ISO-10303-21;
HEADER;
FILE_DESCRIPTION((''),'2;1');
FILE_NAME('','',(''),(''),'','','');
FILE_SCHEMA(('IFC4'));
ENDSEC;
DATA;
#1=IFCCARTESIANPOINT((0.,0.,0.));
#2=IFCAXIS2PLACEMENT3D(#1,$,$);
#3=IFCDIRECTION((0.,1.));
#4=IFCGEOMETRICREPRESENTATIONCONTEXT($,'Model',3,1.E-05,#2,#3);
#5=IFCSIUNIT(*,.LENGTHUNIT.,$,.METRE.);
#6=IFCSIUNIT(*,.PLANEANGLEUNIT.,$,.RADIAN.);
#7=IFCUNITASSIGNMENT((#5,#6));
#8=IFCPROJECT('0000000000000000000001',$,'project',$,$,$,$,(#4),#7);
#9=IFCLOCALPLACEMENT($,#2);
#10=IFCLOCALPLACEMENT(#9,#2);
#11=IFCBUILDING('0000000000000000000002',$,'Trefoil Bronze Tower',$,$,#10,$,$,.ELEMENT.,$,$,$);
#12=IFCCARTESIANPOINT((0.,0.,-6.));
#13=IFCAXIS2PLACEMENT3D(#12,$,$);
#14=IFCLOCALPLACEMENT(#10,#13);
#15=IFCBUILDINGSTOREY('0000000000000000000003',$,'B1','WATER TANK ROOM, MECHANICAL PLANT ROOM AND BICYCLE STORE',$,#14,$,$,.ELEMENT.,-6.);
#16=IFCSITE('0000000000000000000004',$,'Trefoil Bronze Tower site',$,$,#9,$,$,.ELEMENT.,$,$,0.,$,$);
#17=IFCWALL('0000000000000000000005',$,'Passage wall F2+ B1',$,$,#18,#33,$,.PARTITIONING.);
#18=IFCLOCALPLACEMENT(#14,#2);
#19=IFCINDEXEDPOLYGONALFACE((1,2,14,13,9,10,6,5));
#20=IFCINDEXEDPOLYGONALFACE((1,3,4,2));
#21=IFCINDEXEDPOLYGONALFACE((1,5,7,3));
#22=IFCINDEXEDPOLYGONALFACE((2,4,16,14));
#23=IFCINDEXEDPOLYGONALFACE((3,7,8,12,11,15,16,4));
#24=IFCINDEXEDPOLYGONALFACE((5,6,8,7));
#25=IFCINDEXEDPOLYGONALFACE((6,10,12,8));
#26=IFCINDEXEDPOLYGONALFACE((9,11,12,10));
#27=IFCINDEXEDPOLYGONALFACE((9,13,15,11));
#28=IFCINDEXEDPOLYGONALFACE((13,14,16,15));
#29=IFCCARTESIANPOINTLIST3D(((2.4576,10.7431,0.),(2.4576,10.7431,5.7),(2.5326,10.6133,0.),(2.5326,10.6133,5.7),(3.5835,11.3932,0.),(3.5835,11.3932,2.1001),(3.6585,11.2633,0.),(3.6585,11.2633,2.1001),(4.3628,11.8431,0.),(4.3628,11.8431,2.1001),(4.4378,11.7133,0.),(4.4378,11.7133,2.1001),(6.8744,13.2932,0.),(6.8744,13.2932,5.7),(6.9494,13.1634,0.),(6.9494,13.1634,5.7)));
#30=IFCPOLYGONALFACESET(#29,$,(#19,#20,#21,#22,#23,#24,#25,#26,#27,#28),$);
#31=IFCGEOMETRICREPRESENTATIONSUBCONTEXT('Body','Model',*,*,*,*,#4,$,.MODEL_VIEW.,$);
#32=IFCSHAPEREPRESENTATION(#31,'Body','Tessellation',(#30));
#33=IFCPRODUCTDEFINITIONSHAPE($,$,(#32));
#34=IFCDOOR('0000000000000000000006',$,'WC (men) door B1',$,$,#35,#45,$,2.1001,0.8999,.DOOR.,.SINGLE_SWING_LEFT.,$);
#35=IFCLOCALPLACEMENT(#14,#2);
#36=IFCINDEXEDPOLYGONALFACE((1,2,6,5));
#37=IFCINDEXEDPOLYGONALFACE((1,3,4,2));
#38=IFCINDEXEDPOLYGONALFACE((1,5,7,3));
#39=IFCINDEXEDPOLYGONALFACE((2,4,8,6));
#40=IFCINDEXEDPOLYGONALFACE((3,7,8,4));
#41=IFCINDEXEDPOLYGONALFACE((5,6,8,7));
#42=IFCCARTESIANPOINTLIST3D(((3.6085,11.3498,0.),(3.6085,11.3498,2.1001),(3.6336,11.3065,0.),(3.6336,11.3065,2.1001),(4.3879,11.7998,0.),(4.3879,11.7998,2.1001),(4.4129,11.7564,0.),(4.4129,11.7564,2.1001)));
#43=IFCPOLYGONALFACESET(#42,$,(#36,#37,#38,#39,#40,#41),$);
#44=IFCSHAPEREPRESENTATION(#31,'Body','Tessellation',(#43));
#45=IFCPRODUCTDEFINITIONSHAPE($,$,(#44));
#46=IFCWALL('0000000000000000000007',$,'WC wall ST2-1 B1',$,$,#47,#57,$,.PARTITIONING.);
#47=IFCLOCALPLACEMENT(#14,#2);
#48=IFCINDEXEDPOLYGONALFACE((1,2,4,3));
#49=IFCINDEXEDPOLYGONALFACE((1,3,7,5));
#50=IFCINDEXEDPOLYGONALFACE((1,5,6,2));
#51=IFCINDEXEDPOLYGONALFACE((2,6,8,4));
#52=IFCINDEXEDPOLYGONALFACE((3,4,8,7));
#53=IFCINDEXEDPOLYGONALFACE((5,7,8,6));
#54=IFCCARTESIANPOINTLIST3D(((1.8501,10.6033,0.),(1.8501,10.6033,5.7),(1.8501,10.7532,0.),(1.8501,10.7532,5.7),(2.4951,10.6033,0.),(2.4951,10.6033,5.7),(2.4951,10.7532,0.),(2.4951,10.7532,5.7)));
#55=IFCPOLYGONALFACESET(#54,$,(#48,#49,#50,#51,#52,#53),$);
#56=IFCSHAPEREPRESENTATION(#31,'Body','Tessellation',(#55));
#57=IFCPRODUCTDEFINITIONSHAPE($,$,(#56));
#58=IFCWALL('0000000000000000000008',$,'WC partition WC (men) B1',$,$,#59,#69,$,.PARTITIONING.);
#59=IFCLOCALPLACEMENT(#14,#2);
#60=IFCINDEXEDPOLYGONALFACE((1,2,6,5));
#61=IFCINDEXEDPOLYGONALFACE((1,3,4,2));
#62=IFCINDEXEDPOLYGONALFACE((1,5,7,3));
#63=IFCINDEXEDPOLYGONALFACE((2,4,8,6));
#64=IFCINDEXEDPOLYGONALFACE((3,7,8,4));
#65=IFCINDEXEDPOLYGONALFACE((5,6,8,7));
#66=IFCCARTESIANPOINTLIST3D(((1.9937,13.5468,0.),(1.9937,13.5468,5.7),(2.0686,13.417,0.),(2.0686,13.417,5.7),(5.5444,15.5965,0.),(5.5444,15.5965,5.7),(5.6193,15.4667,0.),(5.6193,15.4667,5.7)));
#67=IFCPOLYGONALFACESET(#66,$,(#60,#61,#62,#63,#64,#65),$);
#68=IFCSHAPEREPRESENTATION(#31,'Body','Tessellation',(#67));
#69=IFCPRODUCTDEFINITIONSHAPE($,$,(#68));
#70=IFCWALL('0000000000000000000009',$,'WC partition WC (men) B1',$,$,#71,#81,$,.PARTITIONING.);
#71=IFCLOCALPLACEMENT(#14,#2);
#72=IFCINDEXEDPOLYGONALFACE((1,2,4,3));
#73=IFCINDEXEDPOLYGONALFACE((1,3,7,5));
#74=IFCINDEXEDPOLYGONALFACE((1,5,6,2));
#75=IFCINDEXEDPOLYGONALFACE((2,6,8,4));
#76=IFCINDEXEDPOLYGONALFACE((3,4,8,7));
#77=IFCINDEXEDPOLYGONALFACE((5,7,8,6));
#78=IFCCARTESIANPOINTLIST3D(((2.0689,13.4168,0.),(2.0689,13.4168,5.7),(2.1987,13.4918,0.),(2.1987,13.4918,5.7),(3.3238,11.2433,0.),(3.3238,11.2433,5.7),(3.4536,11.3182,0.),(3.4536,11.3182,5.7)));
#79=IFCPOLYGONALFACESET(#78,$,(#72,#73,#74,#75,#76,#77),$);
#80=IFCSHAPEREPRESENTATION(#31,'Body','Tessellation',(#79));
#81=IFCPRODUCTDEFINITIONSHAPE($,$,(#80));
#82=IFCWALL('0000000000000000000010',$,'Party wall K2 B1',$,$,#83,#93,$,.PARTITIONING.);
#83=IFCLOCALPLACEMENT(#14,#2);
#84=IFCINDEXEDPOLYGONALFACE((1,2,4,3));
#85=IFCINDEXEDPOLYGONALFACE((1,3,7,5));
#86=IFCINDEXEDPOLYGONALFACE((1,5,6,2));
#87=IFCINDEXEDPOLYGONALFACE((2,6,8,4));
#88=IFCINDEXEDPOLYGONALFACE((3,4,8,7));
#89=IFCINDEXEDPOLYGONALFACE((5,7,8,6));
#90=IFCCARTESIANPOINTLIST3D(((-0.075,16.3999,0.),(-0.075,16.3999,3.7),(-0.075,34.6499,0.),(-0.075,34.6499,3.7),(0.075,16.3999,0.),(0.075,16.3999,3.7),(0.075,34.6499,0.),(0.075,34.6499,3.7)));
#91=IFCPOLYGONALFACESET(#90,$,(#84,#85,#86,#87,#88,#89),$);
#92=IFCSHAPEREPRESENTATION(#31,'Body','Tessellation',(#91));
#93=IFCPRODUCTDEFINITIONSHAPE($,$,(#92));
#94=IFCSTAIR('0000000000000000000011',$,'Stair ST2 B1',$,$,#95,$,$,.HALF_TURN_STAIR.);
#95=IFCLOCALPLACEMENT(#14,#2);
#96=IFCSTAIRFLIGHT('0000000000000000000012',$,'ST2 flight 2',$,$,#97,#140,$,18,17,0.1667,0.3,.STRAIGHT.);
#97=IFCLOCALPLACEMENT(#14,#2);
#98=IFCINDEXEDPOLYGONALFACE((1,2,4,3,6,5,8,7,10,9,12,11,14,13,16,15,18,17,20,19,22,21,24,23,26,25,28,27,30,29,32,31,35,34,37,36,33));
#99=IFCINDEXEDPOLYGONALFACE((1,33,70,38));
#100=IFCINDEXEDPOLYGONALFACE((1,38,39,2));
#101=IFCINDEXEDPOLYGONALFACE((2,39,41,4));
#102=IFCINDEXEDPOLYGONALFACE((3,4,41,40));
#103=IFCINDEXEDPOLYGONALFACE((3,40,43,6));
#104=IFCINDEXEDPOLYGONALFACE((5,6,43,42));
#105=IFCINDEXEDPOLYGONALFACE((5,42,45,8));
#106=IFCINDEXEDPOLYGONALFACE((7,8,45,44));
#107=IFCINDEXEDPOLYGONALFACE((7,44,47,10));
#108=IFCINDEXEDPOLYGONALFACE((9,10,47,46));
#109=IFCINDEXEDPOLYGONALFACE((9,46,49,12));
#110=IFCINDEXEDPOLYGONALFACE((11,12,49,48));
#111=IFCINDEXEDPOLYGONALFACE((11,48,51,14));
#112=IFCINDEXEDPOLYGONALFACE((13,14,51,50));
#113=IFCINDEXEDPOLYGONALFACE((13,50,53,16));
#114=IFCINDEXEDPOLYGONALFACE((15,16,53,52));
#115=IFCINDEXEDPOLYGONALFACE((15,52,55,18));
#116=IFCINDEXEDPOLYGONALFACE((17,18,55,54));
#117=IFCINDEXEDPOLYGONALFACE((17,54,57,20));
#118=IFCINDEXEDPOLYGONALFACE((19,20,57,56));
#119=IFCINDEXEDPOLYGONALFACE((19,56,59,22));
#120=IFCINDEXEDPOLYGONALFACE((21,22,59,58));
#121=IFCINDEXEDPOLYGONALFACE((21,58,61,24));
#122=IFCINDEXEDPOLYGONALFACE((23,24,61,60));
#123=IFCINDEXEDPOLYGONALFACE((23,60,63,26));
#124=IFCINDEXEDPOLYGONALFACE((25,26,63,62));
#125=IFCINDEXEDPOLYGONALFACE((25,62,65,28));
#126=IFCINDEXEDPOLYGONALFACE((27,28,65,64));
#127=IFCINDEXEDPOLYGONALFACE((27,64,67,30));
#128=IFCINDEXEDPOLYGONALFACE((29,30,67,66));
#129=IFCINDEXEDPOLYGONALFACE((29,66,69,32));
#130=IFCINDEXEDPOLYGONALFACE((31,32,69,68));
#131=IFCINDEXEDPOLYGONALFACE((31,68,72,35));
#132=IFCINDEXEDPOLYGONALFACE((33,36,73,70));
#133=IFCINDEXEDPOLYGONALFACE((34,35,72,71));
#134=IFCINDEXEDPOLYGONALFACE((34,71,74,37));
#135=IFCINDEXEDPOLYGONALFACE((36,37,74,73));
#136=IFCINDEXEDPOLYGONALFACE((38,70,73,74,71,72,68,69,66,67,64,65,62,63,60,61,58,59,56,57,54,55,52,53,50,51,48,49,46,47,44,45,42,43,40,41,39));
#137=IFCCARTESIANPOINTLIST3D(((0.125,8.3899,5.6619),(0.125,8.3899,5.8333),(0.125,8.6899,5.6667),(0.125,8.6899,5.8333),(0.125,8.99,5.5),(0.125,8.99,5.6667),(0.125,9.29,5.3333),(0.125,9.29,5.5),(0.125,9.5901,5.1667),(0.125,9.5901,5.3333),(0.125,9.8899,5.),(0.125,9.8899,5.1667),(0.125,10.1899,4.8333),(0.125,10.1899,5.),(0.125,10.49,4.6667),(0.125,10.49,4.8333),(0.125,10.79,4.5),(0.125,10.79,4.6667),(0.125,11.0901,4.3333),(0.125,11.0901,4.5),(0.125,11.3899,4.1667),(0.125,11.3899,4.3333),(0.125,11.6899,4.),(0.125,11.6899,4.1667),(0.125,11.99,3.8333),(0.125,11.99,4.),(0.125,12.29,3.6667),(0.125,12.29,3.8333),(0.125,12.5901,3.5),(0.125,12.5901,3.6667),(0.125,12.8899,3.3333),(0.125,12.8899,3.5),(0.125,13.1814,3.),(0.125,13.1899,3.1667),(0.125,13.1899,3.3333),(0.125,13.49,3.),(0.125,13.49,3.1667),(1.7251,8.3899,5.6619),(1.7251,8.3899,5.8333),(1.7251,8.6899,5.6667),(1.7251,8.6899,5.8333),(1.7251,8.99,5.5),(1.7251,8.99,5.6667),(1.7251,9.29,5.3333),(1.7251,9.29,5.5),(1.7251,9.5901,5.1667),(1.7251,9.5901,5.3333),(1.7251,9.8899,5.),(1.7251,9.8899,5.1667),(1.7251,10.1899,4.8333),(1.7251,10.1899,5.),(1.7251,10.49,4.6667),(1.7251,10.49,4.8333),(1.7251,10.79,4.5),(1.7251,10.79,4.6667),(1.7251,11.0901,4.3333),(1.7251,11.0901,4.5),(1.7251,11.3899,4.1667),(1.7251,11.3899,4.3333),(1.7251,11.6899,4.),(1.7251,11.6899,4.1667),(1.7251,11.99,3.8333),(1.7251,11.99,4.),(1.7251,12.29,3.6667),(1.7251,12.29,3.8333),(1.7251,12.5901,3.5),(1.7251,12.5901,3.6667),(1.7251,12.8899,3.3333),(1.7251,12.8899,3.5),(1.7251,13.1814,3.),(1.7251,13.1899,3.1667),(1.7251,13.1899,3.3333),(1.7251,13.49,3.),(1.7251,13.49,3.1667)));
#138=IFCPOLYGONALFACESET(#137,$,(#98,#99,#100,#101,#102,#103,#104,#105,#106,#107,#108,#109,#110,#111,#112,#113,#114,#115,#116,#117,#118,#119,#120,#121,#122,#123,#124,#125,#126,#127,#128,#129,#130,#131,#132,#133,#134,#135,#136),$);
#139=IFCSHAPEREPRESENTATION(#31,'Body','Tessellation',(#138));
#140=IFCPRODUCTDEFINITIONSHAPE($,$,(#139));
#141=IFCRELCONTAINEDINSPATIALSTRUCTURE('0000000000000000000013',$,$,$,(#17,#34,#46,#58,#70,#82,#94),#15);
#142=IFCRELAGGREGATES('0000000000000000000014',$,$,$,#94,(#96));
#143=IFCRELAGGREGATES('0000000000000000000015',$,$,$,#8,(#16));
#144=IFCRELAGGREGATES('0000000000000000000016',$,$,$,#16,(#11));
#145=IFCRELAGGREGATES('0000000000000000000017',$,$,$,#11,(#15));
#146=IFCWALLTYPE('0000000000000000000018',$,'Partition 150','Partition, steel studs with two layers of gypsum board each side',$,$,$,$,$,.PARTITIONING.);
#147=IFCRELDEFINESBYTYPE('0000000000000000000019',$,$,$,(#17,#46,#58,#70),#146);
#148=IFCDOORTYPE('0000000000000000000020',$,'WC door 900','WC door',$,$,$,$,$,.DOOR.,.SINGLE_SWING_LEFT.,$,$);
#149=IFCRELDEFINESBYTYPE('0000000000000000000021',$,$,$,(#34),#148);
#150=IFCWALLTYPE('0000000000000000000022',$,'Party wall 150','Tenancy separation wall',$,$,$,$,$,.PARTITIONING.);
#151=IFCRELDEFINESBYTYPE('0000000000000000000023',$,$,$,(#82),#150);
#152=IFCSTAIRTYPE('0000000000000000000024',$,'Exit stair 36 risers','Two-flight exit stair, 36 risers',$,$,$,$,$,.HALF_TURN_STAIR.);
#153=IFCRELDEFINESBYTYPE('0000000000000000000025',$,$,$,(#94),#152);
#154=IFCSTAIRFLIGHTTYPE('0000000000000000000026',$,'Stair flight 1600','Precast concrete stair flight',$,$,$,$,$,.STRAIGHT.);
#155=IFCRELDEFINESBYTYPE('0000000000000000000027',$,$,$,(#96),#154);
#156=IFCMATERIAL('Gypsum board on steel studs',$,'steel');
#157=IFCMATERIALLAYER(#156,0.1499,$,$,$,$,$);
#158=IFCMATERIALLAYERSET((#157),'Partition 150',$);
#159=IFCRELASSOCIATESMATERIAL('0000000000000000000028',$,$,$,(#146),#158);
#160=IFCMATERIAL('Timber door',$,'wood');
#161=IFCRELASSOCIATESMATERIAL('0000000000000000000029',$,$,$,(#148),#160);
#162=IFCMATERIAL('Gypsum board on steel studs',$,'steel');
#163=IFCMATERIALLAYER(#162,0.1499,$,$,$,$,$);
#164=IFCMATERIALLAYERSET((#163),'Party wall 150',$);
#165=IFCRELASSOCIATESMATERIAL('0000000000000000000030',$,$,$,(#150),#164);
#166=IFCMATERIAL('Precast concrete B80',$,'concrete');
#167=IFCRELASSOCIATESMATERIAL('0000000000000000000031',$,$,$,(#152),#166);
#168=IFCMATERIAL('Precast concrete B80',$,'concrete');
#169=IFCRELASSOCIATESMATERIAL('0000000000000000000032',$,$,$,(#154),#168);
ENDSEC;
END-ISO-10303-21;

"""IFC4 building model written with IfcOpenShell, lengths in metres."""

from ifc_helpers import new_model, si_unit, direction, frame, frame_2d, origin, place, context, subcontext, project, spatial, polyline, rectangle, outline, extrude, material, layer, layer_set, type_object, element, fill, aggregate, save


model = new_model("IFC4")

# Units and contexts
model_context = context("Model", 3, precision=1e-05, world=origin(), true_north=direction((0.0, 1.0)))
body_context = subcontext(model_context, "Body", "Model", "MODEL_VIEW")
ifc_project = project(units=[si_unit("LENGTHUNIT", "METRE"), si_unit("PLANEANGLEUNIT", "RADIAN")], contexts=[model_context])

# Site, building, storey
site_placement = place(None, origin())
site = spatial("IfcSite", under=ifc_project, at=site_placement, Name="Trefoil Bronze Tower site", CompositionType="ELEMENT", RefElevation=0.0)
building_placement = place(site_placement, origin())
building = spatial("IfcBuilding", under=site, at=building_placement, Name="Trefoil Bronze Tower", CompositionType="ELEMENT")
storey_placement = place(building_placement, frame((0.0, 0.0, -6.0)))
storey = spatial("IfcBuildingStorey", under=building, at=storey_placement, Name="B1", Description="WATER TANK ROOM, MECHANICAL PLANT ROOM AND BICYCLE STORE", CompositionType="ELEMENT", Elevation=-6.0)

# Wall, opening, door
ifc_material_1 = material(Name="Gypsum board on steel studs", Category="steel")
ifc_layer_1 = layer(ifc_material_1, 0.1499)
ifc_layer_set_1 = layer_set([ifc_layer_1], Name="Partition 150")
wall_type_1 = type_object("IfcWallType", Name="Partition 150", Description="Partition, steel studs with two layers of gypsum board each side", PredefinedType="PARTITIONING", material=ifc_layer_set_1)
wall_1_placement = place(storey_placement, frame((2.4951, 10.6782, 0.0), z_axis=(0.0, 0.0, 1.0), x_axis=(0.866022, 0.500006, 0.0)))
wall_1 = element("IfcWall", 1, at=wall_1_placement, inside=storey, type_object=wall_type_1, Name="Passage wall F2+ B1", PredefinedType="PARTITIONING", context=body_context, shape_type="SweptSolid", body=[
    extrude(rectangle(XDim=5.1001, YDim=0.1499, at=frame_2d((2.55, 0.0))), origin(), (0.0, 0.0, 1.0), 5.7),
])
opening_1_placement = place(wall_1_placement, frame((1.3, 0.0, 0.0)))
opening_1 = element("IfcOpeningElement", 2, at=opening_1_placement, cuts=wall_1, PredefinedType="OPENING", context=body_context, shape_type="SweptSolid", body=[
    extrude(rectangle(XDim=0.8999, YDim=2.1001, at=frame_2d((0.45, 1.05))), frame((0.0, 0.085, 0.0), z_axis=(0.0, -1.0, 0.0), x_axis=(1.0, 0.0, 0.0)), (0.0, 0.0, 1.0), 0.1699),
])
ifc_material_2 = material(Name="Timber door", Category="wood")
door_type_1 = type_object("IfcDoorType", Name="WC door 900", Description="WC door", OperationType="SINGLE_SWING_LEFT", PredefinedType="DOOR", material=ifc_material_2)
door_1_placement = place(opening_1_placement, origin())
door_1 = element("IfcDoor", 3, at=door_1_placement, inside=storey, type_object=door_type_1, Name="WC (men) door B1", OperationType="SINGLE_SWING_LEFT", OverallHeight=2.1001, OverallWidth=0.8999, PredefinedType="DOOR", context=body_context, shape_type="SweptSolid", body=[
    extrude(rectangle(XDim=0.8999, YDim=2.1001, at=frame_2d((0.45, 1.05))), frame((0.0, 0.0249, 0.0), z_axis=(0.0, -1.0, 0.0), x_axis=(1.0, 0.0, 0.0)), (0.0, 0.0, 1.0), 0.05),
])
fill(opening_1, door_1)

# Walls
wall_2_placement = place(storey_placement, frame((2.4951, 10.6782, 0.0), z_axis=(0.0, 0.0, 1.0), x_axis=(-1.0, 0.0, 0.0)))
element("IfcWall", 4, at=wall_2_placement, inside=storey, type_object=wall_type_1, Name="WC wall ST2-1 B1", PredefinedType="PARTITIONING", context=body_context, shape_type="SweptSolid", body=[
    extrude(rectangle(XDim=0.645, YDim=0.1499, at=frame_2d((0.3225, 0.0))), origin(), (0.0, 0.0, 1.0), 5.7),
])
wall_3_placement = place(storey_placement, frame((2.0312, 13.4819, 0.0), z_axis=(0.0, 0.0, 1.0), x_axis=(0.866051, 0.499956, 0.0)))
element("IfcWall", 5, at=wall_3_placement, inside=storey, type_object=wall_type_1, Name="WC partition WC (men) B1", PredefinedType="PARTITIONING", context=body_context, shape_type="SweptSolid", body=[
    extrude(rectangle(XDim=4.0999, YDim=0.1499, at=frame_2d((2.0498, 0.0))), origin(), (0.0, 0.0, 1.0), 5.7),
])
wall_4_placement = place(storey_placement, frame((3.3887, 11.2808, 0.0), z_axis=(0.0, 0.0, 1.0), x_axis=(-0.499989, 0.866032, 0.0)))
element("IfcWall", 6, at=wall_4_placement, inside=storey, type_object=wall_type_1, Name="WC partition WC (men) B1", PredefinedType="PARTITIONING", context=body_context, shape_type="SweptSolid", body=[
    extrude(rectangle(XDim=2.5098, YDim=0.1499, at=frame_2d((1.2549, 0.0))), origin(), (0.0, 0.0, 1.0), 5.7),
])
ifc_material_3 = material(Name="Gypsum board on steel studs", Category="steel")
ifc_layer_2 = layer(ifc_material_3, 0.1499)
ifc_layer_set_2 = layer_set([ifc_layer_2], Name="Party wall 150")
wall_type_2 = type_object("IfcWallType", Name="Party wall 150", Description="Tenancy separation wall", PredefinedType="PARTITIONING", material=ifc_layer_set_2)
wall_5_placement = place(storey_placement, frame((0.0, 16.3999, 0.0), z_axis=(0.0, 0.0, 1.0), x_axis=(0.0, 1.0, 0.0)))
element("IfcWall", 7, at=wall_5_placement, inside=storey, type_object=wall_type_2, Name="Party wall K2 B1", PredefinedType="PARTITIONING", context=body_context, shape_type="SweptSolid", body=[
    extrude(rectangle(XDim=18.25, YDim=0.1499, at=frame_2d((9.125, 0.0))), origin(), (0.0, 0.0, 1.0), 3.7),
])

# Stair, stair flight
ifc_material_4 = material(Name="Precast concrete B80", Category="concrete")
stair_type = type_object("IfcStairType", Name="Exit stair 36 risers", Description="Two-flight exit stair, 36 risers", PredefinedType="HALF_TURN_STAIR", material=ifc_material_4)
stair_placement = place(storey_placement, origin())
stair = element("IfcStair", 8, at=stair_placement, inside=storey, type_object=stair_type, Name="Stair ST2 B1", PredefinedType="HALF_TURN_STAIR")
ifc_material_5 = material(Name="Precast concrete B80", Category="concrete")
stair_flight_type = type_object("IfcStairFlightType", Name="Stair flight 1600", Description="Precast concrete stair flight", PredefinedType="STRAIGHT", material=ifc_material_5)
stair_flight_placement = place(storey_placement, frame((0.925, 13.49, 3.0), z_axis=(0.0, 0.0, 1.0), x_axis=(0.0, -1.0, 0.0)))
stair_flight = element("IfcStairFlight", 9, at=stair_flight_placement, type_object=stair_flight_type, Name="ST2 flight 2", NumberOfRisers=18, NumberOfTreads=17, PredefinedType="STRAIGHT", RiserHeight=0.1667, TreadLength=0.3, context=body_context, shape_type="SweptSolid", body=[
    extrude(outline(polyline([(0.0, 0.0), (0.0, 0.1667), (0.3, 0.1667), (0.3, 0.3333), (0.6001, 0.3333), (0.6001, 0.5), (0.8999, 0.5), (0.8999, 0.6667), (1.2, 0.6667), (1.2, 0.8333), (1.5, 0.8333), (1.5, 1.0), (1.8, 1.0), (1.8, 1.1667), (2.1001, 1.1667), (2.1001, 1.3333), (2.3999, 1.3333), (2.3999, 1.5), (2.7, 1.5), (2.7, 1.6667), (3.0, 1.6667), (3.0, 1.8333), (3.3, 1.8333), (3.3, 2.0), (3.6001, 2.0), (3.6001, 2.1667), (3.8999, 2.1667), (3.8999, 2.3333), (4.2, 2.3333), (4.2, 2.5), (4.5, 2.5), (4.5, 2.6667), (4.8, 2.6667), (4.8, 2.8333), (5.1001, 2.8333), (5.1001, 3.0), (5.1001, 2.6619), (0.3086, 0.0), (0.0, 0.0)])), frame((0.0, 0.8, 0.0), z_axis=(0.0, -1.0, 0.0), x_axis=(1.0, 0.0, 0.0)), (0.0, 0.0, 1.0), 1.6001),
])
aggregate(stair, [stair_flight])

save(model, "model.ifc")
